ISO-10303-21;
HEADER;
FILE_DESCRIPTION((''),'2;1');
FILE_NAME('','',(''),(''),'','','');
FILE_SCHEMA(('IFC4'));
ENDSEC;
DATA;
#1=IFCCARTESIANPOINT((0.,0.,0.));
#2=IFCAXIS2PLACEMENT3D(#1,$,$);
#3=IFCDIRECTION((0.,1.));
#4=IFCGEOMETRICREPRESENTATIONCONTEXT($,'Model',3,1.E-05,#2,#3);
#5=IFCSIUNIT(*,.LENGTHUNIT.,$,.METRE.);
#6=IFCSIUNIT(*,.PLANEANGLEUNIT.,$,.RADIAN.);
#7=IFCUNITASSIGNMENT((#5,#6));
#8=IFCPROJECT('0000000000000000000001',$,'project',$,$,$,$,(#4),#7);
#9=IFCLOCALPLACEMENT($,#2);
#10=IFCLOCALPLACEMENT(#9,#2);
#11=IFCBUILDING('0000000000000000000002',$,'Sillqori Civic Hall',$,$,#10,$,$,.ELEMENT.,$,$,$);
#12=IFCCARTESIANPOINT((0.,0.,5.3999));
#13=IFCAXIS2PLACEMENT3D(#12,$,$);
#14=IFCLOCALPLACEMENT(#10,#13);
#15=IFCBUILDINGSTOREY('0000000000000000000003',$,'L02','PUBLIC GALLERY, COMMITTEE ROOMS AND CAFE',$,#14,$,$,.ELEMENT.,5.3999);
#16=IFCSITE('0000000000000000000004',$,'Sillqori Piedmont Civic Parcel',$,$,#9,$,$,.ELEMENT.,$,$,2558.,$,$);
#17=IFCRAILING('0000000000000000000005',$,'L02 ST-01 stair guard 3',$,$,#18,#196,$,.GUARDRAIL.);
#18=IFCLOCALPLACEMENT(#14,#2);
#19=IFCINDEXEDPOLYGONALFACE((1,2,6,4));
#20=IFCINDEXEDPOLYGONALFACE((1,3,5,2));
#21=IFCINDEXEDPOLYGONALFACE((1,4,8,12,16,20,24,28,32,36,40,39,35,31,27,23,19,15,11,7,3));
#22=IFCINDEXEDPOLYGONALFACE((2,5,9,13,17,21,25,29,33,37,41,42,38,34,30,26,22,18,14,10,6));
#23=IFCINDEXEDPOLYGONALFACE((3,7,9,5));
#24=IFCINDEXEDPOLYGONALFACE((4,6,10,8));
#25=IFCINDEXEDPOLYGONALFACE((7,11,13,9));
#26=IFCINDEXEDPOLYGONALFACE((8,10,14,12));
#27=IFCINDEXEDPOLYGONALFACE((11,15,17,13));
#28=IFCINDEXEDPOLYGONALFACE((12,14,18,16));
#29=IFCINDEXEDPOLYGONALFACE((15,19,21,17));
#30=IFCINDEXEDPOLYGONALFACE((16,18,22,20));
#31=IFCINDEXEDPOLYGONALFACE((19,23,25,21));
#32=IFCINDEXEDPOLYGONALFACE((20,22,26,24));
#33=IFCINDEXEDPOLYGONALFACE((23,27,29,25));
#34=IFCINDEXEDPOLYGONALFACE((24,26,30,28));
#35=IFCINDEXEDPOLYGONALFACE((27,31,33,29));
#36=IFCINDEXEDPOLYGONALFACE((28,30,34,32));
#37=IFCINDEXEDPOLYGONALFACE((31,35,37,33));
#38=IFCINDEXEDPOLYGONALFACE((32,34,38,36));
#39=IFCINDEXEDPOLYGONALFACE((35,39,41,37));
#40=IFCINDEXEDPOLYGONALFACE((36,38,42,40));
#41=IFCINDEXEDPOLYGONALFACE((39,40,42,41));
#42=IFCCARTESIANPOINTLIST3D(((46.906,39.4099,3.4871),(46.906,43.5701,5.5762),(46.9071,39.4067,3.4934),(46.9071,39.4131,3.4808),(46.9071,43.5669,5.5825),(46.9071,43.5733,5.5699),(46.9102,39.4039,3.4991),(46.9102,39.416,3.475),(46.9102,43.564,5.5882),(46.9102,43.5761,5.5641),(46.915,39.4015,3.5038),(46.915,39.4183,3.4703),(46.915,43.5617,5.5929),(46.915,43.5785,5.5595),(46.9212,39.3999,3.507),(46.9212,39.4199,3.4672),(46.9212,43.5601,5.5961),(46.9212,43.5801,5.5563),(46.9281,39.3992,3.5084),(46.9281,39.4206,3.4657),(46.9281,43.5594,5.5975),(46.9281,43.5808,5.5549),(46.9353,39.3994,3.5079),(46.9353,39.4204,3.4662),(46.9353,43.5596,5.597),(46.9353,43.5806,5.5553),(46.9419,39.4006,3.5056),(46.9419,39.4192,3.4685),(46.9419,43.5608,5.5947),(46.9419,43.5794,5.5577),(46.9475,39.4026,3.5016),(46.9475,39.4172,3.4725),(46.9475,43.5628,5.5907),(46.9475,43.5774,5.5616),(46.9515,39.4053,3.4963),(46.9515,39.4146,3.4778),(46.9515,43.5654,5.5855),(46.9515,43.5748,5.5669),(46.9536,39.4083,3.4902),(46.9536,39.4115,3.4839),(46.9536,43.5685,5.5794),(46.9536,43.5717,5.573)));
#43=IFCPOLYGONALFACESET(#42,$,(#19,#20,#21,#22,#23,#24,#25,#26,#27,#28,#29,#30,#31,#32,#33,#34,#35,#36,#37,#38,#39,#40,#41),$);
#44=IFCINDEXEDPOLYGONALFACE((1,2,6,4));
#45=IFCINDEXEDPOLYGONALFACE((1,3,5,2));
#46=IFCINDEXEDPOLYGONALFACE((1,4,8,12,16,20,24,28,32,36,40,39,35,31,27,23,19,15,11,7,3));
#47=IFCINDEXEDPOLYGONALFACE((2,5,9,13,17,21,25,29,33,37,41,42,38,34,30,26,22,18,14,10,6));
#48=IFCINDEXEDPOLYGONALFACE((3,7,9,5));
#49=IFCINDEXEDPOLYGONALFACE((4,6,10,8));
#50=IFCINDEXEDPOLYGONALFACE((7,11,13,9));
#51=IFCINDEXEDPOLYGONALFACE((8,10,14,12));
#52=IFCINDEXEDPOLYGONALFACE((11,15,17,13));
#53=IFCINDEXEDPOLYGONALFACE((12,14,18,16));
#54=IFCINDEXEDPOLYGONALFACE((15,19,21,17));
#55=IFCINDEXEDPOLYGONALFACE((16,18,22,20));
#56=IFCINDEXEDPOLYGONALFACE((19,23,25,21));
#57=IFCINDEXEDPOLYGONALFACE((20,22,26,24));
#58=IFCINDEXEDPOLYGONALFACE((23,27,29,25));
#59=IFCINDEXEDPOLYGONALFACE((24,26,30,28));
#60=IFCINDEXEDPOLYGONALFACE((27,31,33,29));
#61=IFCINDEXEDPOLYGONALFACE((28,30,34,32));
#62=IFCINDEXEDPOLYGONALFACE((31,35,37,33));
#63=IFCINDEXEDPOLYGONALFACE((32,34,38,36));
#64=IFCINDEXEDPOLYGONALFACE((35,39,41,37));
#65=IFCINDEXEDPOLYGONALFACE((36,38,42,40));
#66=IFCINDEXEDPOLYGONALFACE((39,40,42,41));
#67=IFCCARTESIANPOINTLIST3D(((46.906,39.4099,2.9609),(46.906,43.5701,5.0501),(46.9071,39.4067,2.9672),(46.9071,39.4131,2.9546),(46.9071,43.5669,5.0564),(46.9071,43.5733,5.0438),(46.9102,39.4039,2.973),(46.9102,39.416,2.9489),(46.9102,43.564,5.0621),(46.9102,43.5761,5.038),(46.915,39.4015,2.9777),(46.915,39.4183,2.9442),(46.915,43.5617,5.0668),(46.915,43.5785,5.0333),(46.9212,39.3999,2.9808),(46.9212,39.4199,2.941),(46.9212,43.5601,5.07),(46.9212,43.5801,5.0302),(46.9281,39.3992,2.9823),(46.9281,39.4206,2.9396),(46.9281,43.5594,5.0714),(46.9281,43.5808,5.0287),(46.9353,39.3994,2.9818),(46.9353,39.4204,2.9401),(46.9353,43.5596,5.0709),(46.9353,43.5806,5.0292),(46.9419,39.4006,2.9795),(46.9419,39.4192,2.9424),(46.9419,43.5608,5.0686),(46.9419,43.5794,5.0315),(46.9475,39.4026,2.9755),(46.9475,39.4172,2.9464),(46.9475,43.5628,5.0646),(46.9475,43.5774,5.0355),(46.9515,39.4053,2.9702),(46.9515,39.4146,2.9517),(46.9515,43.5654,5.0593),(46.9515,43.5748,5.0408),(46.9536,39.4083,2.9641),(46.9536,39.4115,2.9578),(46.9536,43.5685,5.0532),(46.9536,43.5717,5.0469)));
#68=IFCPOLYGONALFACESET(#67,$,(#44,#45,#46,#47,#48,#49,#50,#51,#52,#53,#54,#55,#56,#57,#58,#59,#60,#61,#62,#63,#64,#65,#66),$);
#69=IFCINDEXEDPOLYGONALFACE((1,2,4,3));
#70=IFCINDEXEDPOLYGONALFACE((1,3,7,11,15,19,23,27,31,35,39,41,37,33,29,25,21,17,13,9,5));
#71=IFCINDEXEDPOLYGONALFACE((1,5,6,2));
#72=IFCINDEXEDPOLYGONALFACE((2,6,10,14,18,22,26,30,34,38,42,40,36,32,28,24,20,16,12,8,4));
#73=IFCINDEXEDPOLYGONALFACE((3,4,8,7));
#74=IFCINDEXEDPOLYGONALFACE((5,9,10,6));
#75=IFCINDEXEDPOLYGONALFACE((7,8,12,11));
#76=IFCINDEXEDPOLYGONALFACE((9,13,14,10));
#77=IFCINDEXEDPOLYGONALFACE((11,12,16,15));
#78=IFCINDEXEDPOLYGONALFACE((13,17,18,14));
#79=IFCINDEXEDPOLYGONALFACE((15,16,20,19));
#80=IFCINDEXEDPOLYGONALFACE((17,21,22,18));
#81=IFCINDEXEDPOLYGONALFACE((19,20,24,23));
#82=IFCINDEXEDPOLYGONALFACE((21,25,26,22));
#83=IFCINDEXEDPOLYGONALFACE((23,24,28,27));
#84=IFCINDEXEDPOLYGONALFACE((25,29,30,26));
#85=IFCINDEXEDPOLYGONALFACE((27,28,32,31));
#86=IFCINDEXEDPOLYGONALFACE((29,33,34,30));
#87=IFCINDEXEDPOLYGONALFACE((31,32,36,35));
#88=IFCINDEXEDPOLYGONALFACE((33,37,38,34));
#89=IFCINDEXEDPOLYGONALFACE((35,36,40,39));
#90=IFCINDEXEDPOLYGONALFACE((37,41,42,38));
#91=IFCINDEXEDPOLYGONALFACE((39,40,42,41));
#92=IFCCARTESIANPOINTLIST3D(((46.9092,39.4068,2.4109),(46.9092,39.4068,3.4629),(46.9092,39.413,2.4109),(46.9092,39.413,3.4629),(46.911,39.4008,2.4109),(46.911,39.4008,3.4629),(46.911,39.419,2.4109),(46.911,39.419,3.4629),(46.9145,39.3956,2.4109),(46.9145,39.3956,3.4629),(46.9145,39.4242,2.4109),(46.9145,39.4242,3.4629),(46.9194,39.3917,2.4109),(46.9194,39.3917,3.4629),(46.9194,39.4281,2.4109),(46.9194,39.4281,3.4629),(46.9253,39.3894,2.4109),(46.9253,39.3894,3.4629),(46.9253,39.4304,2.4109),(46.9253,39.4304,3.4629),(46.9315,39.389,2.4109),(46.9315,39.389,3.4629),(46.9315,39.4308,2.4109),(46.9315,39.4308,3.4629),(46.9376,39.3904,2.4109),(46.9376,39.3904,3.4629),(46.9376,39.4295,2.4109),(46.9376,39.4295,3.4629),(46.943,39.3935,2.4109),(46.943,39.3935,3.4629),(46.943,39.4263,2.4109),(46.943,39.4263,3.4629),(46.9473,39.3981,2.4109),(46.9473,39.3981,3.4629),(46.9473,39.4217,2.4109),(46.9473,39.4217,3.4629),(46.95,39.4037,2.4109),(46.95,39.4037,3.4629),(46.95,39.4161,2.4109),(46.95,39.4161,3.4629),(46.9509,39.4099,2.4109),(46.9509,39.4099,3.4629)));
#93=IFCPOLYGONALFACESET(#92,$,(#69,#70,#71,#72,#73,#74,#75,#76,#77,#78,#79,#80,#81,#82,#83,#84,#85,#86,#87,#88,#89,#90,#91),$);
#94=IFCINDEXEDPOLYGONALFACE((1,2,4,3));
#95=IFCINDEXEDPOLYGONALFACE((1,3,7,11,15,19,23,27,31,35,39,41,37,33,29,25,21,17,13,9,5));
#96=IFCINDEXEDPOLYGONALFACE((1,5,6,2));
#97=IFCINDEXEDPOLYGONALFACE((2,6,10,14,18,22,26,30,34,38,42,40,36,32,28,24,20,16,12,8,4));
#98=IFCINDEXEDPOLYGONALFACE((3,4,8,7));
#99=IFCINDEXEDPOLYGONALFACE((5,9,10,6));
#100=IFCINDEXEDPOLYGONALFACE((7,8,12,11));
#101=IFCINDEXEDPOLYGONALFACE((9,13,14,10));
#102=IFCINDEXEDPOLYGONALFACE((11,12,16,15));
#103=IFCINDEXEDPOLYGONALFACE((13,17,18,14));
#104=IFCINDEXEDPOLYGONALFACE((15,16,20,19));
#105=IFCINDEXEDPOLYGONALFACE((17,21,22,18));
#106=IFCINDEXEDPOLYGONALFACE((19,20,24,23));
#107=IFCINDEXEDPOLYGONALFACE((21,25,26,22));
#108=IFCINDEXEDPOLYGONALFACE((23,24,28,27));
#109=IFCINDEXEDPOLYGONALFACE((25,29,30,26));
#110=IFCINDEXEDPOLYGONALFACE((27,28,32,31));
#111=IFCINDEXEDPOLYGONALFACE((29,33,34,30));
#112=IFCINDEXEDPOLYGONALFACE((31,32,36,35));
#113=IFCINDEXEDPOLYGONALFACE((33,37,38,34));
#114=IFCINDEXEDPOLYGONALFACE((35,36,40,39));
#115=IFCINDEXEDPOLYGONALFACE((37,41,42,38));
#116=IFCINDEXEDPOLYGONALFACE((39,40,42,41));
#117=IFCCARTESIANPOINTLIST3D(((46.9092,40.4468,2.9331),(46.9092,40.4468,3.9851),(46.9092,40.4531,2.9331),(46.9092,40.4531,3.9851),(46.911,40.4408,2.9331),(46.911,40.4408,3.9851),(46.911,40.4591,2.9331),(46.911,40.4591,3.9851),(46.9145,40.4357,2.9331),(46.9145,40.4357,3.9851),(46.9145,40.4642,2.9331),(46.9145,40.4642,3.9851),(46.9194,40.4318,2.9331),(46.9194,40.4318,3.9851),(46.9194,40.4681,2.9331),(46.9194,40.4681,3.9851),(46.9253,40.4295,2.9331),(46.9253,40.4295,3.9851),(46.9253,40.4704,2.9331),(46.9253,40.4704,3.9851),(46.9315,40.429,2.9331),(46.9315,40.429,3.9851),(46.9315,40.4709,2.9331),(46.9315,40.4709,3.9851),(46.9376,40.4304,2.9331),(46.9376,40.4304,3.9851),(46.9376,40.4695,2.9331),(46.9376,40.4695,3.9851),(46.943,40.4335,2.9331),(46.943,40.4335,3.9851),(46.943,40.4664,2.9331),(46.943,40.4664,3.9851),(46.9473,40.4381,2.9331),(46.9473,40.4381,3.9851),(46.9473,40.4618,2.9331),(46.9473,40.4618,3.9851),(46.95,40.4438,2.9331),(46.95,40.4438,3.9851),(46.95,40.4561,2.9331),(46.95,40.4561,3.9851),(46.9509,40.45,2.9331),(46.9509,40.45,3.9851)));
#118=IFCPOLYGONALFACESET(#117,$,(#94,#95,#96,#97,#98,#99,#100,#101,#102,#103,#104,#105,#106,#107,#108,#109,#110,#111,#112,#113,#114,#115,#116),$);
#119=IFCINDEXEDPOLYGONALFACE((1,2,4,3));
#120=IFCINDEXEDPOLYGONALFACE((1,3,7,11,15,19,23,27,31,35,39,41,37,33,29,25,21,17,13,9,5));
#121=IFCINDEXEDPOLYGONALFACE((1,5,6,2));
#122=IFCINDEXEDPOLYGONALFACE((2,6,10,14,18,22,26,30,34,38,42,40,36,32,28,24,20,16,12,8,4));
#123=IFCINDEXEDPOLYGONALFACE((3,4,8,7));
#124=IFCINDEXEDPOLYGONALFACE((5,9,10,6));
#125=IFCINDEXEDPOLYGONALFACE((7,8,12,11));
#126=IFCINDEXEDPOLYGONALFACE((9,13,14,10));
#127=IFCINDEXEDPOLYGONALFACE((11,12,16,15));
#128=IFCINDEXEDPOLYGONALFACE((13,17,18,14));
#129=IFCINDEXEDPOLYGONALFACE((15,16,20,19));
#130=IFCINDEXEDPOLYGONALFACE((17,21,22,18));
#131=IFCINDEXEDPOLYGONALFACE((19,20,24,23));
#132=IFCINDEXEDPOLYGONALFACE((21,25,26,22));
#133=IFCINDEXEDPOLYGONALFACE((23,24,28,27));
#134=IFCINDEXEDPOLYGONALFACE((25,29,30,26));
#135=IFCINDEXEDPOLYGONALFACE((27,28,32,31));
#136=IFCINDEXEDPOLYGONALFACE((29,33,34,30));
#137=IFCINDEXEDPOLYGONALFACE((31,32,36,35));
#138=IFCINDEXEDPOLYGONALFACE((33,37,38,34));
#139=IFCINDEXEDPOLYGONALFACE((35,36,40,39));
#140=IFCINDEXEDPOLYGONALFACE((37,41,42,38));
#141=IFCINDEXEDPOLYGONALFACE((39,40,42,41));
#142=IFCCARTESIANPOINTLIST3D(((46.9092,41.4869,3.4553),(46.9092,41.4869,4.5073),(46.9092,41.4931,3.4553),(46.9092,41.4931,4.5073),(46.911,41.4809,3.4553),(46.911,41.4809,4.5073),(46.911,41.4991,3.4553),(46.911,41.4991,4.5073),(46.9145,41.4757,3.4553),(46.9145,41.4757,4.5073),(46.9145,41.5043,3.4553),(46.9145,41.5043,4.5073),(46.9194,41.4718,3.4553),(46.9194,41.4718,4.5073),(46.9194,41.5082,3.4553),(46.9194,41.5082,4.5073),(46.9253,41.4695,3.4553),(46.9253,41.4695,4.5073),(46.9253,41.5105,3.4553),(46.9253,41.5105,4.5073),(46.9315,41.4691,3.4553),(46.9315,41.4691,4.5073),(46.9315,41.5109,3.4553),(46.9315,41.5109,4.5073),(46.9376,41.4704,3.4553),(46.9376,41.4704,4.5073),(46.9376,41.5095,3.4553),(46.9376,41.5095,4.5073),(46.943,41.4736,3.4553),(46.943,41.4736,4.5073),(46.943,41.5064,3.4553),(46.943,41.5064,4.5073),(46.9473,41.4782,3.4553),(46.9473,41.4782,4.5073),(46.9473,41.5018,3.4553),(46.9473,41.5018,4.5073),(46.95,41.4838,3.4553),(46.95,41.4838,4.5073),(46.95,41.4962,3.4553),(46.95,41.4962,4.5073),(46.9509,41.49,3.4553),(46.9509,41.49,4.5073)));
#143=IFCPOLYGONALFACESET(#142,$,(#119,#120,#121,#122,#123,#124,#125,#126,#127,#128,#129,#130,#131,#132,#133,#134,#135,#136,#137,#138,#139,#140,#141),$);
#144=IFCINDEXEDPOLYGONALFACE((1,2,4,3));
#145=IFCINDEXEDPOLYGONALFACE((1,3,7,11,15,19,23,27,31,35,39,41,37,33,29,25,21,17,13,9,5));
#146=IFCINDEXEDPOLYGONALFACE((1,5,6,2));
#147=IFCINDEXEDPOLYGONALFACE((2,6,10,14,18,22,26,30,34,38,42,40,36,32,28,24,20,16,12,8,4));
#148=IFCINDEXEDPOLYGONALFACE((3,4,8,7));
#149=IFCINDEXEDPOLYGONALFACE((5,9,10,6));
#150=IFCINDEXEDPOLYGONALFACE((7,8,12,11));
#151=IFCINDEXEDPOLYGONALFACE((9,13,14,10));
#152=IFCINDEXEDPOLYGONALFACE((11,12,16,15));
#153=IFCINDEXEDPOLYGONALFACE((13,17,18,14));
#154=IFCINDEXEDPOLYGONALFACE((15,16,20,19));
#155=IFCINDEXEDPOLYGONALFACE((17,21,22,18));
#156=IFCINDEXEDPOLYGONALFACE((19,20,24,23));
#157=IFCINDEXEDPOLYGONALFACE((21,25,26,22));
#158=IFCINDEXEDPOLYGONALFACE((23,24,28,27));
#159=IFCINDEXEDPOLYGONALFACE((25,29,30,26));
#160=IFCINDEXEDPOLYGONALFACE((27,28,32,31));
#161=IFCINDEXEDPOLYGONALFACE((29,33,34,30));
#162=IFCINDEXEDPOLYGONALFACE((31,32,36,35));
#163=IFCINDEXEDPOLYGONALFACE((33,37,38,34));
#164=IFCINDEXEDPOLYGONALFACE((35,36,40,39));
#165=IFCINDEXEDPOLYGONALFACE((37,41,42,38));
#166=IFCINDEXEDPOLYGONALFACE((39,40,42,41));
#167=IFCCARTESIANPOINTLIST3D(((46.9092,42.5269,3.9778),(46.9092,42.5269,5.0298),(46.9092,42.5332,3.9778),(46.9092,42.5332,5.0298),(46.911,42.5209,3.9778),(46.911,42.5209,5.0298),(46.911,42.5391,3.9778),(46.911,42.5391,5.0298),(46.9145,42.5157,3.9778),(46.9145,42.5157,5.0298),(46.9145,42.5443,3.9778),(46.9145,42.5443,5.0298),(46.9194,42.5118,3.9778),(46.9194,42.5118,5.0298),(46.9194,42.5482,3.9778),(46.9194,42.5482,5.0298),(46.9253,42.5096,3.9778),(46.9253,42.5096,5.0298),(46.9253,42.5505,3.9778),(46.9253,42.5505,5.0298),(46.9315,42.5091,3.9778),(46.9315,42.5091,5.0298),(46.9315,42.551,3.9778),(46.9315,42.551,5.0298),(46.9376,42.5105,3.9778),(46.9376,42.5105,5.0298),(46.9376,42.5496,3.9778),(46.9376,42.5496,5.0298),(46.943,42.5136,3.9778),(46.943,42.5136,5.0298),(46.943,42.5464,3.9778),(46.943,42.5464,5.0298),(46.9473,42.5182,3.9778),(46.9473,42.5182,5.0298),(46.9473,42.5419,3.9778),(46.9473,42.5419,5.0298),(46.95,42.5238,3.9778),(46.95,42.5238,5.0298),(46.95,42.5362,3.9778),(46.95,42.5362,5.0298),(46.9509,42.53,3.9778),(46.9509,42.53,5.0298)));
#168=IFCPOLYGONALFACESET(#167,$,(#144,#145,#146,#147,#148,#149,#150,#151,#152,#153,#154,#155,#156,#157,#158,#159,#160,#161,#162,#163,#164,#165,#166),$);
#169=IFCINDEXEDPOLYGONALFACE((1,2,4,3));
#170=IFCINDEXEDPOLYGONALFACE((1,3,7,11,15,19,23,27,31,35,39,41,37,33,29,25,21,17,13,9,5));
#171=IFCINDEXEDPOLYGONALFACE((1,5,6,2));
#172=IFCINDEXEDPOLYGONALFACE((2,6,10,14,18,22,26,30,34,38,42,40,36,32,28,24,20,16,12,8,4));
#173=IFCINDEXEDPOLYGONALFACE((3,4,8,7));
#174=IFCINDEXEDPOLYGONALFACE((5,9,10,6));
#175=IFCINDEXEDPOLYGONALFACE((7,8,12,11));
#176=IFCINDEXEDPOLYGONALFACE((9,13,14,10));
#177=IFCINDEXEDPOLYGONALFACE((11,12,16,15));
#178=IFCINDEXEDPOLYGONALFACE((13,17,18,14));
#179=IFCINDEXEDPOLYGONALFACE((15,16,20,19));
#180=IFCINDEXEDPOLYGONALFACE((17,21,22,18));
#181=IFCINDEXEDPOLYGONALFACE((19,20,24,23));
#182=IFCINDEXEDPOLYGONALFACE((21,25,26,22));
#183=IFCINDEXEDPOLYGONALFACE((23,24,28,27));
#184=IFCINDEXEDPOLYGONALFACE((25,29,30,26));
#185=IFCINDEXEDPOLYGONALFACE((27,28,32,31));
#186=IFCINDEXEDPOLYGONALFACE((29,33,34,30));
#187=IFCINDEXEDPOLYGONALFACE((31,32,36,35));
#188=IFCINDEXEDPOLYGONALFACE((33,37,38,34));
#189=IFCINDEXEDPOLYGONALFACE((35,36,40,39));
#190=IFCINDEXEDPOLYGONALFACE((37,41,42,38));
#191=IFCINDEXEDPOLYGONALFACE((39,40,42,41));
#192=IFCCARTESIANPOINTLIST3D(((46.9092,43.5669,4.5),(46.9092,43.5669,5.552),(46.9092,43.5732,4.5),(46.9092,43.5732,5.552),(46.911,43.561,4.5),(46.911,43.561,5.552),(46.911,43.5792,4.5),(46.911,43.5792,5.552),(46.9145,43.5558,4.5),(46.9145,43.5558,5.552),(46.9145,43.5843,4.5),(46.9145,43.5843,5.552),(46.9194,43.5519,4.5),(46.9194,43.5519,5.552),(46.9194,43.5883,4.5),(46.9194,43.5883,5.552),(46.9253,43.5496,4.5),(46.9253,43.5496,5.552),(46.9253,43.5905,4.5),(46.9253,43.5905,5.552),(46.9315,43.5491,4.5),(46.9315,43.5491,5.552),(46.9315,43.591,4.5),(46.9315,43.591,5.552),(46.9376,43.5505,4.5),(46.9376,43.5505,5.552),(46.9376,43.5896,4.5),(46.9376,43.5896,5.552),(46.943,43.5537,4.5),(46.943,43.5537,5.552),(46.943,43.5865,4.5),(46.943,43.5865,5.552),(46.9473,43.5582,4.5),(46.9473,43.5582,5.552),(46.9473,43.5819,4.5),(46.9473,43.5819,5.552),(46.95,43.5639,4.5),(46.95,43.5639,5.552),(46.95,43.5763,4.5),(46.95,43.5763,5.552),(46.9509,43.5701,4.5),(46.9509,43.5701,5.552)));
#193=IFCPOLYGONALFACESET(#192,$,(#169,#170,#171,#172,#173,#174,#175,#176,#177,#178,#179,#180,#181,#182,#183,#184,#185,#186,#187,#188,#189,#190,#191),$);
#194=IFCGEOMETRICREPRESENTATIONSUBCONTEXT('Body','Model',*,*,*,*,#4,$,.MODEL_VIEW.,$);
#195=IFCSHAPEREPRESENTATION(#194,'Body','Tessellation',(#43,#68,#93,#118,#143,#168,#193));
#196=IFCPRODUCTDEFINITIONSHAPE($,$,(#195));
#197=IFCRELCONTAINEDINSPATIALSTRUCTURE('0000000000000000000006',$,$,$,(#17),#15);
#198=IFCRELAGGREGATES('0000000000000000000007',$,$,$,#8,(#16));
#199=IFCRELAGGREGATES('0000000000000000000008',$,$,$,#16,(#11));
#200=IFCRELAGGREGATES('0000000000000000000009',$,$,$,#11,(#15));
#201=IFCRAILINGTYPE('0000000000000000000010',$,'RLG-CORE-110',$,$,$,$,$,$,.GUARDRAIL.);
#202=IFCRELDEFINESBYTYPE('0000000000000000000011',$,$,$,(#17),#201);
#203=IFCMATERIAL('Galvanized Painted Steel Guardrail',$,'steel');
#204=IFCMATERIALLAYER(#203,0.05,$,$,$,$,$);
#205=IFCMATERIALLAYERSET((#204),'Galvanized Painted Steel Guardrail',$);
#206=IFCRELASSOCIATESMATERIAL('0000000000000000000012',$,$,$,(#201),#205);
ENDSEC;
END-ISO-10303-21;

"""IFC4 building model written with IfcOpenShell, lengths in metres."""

from ifc_helpers import new_model, si_unit, direction, frame, origin, origin_2d, place, context, subcontext, project, spatial, circle, extrude, material, layer, layer_set, type_object, element, save


model = new_model("IFC4")

# Units and contexts
model_context = context("Model", 3, precision=1e-05, world=origin(), true_north=direction((0.0, 1.0)))
body_context = subcontext(model_context, "Body", "Model", "MODEL_VIEW")
ifc_project = project(units=[si_unit("LENGTHUNIT", "METRE"), si_unit("PLANEANGLEUNIT", "RADIAN")], contexts=[model_context])

# Site, building, storey
site_placement = place(None, origin())
site = spatial("IfcSite", under=ifc_project, at=site_placement, Name="Sillqori Piedmont Civic Parcel", CompositionType="ELEMENT", RefElevation=2558.0)
building_placement = place(site_placement, origin())
building = spatial("IfcBuilding", under=site, at=building_placement, Name="Sillqori Civic Hall", CompositionType="ELEMENT")
storey_placement = place(building_placement, frame((0.0, 0.0, 5.3999)))
storey = spatial("IfcBuildingStorey", under=building, at=storey_placement, Name="L02", Description="PUBLIC GALLERY, COMMITTEE ROOMS AND CAFE", CompositionType="ELEMENT", Elevation=5.3999)

# Railing
ifc_material_1 = material(Name="Galvanized Painted Steel Guardrail", Category="steel")
ifc_layer_1 = layer(ifc_material_1, 0.05)
ifc_layer_set_1 = layer_set([ifc_layer_1], Name="Galvanized Painted Steel Guardrail")
railing_type_1 = type_object("IfcRailingType", Name="RLG-CORE-110", PredefinedType="GUARDRAIL", material=ifc_layer_set_1)
railing_1_placement = place(storey_placement, frame((46.9299, 39.4099, 2.4109)))
element("IfcRailing", 1, at=railing_1_placement, inside=storey, type_object=railing_type_1, Name="L02 ST-01 stair guard 3", PredefinedType="GUARDRAIL", context=body_context, shape_type="SweptSolid", body=[
    extrude(circle(Radius=0.0239, at=origin_2d()), frame((0.0, 0.0, 1.0762), z_axis=(0.0, 0.89365, 0.448765), x_axis=(-1.0, 0.0, 0.0)), (0.0, 0.0, 1.0), 4.6553),
    extrude(circle(Radius=0.0239, at=origin_2d()), frame((0.0, 0.0, 0.55), z_axis=(0.0, 0.89365, 0.448765), x_axis=(-1.0, 0.0, 0.0)), (0.0, 0.0, 1.0), 4.6553),
    extrude(circle(Radius=0.021, at=origin_2d()), origin(), (0.0, 0.0, 1.0), 1.052),
    extrude(circle(Radius=0.021, at=origin_2d()), frame((0.0, 1.04, 0.5222)), (0.0, 0.0, 1.0), 1.052),
    extrude(circle(Radius=0.021, at=origin_2d()), frame((0.0, 2.0801, 1.0444)), (0.0, 0.0, 1.0), 1.052),
    extrude(circle(Radius=0.021, at=origin_2d()), frame((0.0, 3.1201, 1.5669)), (0.0, 0.0, 1.0), 1.052),
    extrude(circle(Radius=0.021, at=origin_2d()), frame((0.0, 4.1602, 2.0891)), (0.0, 0.0, 1.0), 1.052),
])

save(model, "model.ifc")
